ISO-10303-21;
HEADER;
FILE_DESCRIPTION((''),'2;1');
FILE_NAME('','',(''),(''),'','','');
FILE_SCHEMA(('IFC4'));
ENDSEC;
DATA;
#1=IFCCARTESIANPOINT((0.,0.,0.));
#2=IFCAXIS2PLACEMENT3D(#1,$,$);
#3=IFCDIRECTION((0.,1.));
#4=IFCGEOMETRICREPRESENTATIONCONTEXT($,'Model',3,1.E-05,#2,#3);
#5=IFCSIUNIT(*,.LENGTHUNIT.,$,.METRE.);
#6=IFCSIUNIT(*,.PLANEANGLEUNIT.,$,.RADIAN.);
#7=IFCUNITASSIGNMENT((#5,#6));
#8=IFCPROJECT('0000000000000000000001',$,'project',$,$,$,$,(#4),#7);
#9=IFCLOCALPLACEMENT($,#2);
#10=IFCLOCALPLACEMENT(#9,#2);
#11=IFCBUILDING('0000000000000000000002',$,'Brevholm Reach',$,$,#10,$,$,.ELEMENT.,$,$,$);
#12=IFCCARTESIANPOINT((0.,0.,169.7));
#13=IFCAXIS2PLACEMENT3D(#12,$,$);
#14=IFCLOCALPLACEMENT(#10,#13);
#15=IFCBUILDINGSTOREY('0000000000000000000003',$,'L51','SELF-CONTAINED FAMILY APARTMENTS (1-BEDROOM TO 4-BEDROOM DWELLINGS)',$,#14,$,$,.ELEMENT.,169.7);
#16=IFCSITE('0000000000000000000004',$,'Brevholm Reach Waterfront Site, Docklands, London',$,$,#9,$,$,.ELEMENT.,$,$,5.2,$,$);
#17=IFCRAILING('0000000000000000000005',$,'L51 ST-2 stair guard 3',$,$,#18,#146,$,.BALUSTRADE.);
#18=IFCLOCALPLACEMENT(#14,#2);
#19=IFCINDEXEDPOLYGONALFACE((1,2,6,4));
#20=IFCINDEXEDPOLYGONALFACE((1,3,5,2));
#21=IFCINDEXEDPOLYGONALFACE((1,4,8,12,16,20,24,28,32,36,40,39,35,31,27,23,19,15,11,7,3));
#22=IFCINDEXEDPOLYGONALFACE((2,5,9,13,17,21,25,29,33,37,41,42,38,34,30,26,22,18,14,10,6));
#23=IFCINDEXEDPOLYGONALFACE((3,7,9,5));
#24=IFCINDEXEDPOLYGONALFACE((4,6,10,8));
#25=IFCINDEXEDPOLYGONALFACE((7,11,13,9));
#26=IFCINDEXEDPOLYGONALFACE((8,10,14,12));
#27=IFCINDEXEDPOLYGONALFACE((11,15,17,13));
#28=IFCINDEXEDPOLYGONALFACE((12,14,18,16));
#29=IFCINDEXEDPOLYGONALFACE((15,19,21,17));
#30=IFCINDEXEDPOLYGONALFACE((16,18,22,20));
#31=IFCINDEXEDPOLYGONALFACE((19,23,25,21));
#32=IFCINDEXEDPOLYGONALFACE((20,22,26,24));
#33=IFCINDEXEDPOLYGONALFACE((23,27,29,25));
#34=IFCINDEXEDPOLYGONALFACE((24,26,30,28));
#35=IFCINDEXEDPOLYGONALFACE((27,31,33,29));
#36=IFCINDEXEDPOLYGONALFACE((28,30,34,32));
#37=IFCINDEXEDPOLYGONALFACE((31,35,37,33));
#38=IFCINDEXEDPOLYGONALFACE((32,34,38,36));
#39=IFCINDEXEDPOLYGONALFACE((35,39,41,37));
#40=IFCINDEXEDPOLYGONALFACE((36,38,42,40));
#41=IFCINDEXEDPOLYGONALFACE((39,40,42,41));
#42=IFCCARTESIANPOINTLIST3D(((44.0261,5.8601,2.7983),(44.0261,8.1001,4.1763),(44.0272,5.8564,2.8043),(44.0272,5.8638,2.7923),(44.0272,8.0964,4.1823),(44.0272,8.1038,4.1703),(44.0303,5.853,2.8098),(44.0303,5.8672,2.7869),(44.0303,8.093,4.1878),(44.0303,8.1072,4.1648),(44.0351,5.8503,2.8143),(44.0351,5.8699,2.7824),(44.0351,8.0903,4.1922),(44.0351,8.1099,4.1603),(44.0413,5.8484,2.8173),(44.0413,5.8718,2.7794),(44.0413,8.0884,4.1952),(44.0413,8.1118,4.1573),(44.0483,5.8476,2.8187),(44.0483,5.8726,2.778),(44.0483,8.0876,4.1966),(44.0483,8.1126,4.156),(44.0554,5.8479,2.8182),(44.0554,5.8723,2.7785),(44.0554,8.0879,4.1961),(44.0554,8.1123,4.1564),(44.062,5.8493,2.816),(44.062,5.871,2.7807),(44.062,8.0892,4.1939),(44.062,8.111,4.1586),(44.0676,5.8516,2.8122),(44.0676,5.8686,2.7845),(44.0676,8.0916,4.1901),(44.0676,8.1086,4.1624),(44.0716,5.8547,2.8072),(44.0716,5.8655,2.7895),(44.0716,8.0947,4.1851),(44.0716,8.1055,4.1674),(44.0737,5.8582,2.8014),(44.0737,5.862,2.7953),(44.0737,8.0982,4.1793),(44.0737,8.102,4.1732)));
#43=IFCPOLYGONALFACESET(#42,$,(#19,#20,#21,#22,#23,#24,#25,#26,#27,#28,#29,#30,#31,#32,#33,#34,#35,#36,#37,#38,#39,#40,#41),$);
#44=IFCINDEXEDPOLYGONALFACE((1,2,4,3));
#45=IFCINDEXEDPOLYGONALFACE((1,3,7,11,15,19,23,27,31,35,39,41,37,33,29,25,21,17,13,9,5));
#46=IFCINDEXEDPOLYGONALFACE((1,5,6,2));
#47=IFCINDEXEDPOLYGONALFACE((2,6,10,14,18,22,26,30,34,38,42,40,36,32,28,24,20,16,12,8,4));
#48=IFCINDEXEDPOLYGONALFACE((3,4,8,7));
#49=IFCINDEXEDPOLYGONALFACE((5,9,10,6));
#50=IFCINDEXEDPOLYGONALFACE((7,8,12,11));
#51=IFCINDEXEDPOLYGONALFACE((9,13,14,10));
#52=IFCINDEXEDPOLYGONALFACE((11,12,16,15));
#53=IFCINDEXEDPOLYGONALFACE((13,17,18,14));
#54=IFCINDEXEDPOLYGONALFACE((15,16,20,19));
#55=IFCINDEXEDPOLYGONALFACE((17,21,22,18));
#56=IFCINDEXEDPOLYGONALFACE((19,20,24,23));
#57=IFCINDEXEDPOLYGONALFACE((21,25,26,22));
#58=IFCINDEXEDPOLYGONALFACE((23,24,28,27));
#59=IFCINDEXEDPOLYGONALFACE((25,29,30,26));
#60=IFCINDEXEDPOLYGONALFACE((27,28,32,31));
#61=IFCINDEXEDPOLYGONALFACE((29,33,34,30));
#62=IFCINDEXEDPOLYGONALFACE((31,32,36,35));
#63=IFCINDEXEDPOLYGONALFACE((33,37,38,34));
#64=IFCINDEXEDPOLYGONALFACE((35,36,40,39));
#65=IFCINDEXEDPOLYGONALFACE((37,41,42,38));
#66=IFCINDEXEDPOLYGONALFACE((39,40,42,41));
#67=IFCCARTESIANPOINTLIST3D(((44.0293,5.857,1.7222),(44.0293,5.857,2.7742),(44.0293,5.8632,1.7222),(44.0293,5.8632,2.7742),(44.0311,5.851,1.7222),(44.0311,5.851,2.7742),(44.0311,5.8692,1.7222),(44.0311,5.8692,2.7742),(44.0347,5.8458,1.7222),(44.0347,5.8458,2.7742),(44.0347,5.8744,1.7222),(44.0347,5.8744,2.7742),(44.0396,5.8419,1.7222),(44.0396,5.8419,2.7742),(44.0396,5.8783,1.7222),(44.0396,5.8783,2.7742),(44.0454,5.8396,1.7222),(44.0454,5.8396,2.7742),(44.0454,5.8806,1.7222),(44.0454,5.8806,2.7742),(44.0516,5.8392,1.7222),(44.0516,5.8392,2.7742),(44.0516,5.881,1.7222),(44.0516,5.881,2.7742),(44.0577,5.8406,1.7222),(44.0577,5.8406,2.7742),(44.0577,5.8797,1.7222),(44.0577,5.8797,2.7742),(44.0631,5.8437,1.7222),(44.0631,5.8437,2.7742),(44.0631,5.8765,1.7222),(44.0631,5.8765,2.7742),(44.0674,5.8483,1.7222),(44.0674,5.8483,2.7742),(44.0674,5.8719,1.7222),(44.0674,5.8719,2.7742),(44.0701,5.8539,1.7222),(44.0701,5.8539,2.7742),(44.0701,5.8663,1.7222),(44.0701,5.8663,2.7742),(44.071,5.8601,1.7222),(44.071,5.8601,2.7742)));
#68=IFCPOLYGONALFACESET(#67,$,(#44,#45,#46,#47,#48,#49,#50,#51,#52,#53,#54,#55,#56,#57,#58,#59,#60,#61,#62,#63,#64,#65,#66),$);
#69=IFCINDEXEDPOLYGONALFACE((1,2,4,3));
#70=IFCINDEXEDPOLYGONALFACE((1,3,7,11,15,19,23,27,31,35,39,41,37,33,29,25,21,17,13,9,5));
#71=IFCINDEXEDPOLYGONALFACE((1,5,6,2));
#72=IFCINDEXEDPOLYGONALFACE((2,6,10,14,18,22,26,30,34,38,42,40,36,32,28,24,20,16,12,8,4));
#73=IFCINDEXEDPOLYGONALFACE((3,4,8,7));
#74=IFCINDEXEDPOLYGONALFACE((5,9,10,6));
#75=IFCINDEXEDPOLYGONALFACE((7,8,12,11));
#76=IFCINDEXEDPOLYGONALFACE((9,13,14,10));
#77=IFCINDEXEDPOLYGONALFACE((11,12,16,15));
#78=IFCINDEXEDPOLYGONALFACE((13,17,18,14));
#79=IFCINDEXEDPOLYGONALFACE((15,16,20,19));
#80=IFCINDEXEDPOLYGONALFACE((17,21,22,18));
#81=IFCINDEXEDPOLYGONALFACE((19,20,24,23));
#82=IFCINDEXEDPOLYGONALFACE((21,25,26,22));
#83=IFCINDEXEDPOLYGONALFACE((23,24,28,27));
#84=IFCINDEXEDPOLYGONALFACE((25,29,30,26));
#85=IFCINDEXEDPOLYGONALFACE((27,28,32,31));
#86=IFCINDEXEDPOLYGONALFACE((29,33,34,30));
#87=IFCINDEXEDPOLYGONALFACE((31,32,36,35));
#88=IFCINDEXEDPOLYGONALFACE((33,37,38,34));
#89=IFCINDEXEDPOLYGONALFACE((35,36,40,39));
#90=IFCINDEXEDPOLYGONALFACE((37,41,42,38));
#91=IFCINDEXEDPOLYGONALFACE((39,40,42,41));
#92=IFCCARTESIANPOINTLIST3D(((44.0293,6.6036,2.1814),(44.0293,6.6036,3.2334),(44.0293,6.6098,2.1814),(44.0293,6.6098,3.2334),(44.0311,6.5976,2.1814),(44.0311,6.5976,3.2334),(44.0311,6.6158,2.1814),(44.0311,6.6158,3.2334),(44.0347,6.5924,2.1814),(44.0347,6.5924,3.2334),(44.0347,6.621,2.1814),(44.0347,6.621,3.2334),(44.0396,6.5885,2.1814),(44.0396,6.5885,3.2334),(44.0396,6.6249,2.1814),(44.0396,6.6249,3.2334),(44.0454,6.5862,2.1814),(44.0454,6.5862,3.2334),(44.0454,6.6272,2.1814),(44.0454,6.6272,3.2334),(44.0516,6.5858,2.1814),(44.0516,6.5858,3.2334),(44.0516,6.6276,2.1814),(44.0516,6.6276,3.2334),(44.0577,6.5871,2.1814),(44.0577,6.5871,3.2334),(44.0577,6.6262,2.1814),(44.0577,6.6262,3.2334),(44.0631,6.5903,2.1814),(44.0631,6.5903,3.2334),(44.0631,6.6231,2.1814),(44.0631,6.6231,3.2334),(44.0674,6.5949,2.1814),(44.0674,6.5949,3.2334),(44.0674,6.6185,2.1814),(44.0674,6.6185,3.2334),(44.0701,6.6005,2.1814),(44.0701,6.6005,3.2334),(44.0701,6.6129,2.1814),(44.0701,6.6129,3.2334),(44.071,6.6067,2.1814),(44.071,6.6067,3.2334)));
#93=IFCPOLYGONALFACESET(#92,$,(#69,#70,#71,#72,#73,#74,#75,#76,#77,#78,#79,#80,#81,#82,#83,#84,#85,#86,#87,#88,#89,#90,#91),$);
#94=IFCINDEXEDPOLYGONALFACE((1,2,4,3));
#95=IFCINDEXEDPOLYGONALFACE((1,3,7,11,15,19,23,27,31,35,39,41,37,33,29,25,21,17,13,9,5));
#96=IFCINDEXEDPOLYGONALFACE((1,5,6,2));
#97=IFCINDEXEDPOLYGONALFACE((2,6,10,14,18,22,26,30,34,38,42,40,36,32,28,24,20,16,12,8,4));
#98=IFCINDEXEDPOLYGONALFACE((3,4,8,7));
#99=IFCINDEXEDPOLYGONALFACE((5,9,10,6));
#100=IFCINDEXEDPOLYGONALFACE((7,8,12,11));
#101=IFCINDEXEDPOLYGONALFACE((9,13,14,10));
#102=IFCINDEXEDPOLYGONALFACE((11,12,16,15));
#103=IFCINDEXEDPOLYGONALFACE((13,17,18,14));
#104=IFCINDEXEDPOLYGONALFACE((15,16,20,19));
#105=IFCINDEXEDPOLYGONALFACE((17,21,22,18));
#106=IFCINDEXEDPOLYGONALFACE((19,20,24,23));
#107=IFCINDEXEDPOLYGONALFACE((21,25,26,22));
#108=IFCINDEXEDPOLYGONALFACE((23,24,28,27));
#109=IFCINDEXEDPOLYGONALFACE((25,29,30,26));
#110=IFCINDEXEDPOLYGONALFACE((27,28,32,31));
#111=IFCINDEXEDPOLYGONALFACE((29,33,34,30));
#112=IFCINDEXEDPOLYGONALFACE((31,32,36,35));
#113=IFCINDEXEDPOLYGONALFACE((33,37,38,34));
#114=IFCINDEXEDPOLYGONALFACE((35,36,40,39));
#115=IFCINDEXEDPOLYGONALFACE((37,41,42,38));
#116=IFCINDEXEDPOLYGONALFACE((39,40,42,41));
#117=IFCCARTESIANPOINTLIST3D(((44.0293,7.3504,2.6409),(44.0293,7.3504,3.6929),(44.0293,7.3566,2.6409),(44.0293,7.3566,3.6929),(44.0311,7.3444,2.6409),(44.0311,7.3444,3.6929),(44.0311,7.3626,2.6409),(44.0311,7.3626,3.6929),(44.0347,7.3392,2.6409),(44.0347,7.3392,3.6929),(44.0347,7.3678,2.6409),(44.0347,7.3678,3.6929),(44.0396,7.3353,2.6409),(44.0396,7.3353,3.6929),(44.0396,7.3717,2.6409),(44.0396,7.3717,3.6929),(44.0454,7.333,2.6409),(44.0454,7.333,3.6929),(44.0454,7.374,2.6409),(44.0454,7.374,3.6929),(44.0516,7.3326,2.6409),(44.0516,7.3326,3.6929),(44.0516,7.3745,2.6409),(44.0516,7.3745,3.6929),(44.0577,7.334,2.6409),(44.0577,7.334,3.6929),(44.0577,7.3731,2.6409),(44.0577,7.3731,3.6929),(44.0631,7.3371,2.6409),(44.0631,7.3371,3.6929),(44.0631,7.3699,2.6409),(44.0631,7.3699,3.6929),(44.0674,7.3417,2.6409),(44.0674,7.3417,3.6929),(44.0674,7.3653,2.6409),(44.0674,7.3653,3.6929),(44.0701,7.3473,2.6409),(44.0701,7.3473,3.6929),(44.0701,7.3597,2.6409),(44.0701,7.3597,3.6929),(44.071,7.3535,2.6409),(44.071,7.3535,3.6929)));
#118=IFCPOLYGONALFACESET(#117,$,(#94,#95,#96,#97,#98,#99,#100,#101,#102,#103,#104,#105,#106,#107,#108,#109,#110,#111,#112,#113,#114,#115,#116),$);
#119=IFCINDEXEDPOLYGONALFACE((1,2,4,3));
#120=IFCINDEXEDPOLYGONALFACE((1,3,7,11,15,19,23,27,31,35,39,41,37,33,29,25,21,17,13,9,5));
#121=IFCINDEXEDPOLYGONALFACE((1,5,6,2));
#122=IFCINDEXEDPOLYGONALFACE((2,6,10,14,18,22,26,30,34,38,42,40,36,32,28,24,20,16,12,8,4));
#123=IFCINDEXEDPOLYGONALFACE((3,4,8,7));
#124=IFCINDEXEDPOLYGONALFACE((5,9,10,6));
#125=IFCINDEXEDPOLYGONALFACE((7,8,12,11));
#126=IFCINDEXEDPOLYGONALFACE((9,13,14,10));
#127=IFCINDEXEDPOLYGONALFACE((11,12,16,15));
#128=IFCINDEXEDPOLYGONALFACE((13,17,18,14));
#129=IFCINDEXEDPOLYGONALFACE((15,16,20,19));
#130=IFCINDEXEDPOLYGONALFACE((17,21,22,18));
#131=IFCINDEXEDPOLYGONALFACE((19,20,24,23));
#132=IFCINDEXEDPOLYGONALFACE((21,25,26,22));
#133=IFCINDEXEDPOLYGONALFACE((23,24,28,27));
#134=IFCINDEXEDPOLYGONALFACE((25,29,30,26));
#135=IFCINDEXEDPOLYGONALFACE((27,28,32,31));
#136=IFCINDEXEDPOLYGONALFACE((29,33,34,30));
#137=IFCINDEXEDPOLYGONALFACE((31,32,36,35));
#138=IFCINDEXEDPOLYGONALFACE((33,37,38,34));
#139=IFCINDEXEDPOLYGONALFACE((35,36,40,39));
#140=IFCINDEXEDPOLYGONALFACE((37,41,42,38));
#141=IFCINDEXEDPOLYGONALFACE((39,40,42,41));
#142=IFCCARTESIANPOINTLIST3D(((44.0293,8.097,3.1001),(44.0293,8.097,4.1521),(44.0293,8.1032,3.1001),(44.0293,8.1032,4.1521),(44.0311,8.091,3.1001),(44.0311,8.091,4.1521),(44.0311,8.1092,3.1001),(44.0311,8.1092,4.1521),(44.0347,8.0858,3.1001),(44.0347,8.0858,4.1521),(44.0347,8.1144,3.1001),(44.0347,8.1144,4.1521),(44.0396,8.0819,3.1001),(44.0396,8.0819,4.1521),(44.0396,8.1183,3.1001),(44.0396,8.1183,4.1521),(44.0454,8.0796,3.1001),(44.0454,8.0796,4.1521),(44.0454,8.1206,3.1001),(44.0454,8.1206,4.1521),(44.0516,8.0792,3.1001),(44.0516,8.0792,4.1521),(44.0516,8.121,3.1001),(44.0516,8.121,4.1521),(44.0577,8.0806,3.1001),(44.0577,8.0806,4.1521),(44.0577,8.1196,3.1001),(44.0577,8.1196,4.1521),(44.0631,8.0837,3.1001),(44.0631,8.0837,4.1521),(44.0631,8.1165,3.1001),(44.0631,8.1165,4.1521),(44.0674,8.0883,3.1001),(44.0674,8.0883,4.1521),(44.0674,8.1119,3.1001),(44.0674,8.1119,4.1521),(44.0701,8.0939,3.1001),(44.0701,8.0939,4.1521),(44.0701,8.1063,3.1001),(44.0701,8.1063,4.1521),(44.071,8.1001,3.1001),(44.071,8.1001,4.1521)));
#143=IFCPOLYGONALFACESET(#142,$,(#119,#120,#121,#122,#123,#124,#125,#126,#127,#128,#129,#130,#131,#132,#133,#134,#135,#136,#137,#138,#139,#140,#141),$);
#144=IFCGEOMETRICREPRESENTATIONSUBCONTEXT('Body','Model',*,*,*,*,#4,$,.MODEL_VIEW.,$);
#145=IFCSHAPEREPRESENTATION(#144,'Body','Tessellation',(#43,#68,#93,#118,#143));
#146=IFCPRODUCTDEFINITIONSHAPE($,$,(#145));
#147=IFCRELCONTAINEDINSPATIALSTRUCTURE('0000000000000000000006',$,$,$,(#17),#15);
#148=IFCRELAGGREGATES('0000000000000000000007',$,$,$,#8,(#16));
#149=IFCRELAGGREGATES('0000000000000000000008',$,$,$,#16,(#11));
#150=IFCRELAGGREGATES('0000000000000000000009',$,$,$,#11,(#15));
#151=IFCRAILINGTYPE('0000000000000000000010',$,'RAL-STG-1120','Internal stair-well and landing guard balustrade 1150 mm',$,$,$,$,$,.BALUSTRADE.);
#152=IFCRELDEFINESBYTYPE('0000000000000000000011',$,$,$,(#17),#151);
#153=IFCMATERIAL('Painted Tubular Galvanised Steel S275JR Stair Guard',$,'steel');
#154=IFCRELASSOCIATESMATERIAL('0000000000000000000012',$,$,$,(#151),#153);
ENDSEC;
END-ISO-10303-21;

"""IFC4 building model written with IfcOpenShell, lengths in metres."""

from ifc_helpers import new_model, si_unit, direction, frame, origin, origin_2d, place, context, subcontext, project, spatial, circle, extrude, material, type_object, element, save


model = new_model("IFC4")

# Units and contexts
model_context = context("Model", 3, precision=1e-05, world=origin(), true_north=direction((0.0, 1.0)))
body_context = subcontext(model_context, "Body", "Model", "MODEL_VIEW")
ifc_project = project(units=[si_unit("LENGTHUNIT", "METRE"), si_unit("PLANEANGLEUNIT", "RADIAN")], contexts=[model_context])

# Site, building, storey
site_placement = place(None, origin())
site = spatial("IfcSite", under=ifc_project, at=site_placement, Name="Brevholm Reach Waterfront Site, Docklands, London", CompositionType="ELEMENT", RefElevation=5.2)
building_placement = place(site_placement, origin())
building = spatial("IfcBuilding", under=site, at=building_placement, Name="Brevholm Reach", CompositionType="ELEMENT")
storey_placement = place(building_placement, frame((0.0, 0.0, 169.7)))
storey = spatial("IfcBuildingStorey", under=building, at=storey_placement, Name="L51", Description="SELF-CONTAINED FAMILY APARTMENTS (1-BEDROOM TO 4-BEDROOM DWELLINGS)", CompositionType="ELEMENT", Elevation=169.7)

# Railing
ifc_material_1 = material(Name="Painted Tubular Galvanised Steel S275JR Stair Guard", Category="steel")
railing_type_1 = type_object("IfcRailingType", Name="RAL-STG-1120", Description="Internal stair-well and landing guard balustrade 1150 mm", PredefinedType="BALUSTRADE", material=ifc_material_1)
railing_1_placement = place(storey_placement, frame((44.05, 5.8601, 1.7222)))
element("IfcRailing", 1, at=railing_1_placement, inside=storey, type_object=railing_type_1, Name="L51 ST-2 stair guard 3", PredefinedType="BALUSTRADE", context=body_context, shape_type="SweptSolid", body=[
    extrude(circle(Radius=0.0239, at=origin_2d()), frame((0.0, 0.0, 1.0762), z_axis=(0.0, 0.851748, 0.523952), x_axis=(-1.0, 0.0, 0.0)), (0.0, 0.0, 1.0), 2.6299),
    extrude(circle(Radius=0.021, at=origin_2d()), origin(), (0.0, 0.0, 1.0), 1.052),
    extrude(circle(Radius=0.021, at=origin_2d()), frame((0.0, 0.7466, 0.4592)), (0.0, 0.0, 1.0), 1.052),
    extrude(circle(Radius=0.021, at=origin_2d()), frame((0.0, 1.4934, 0.9187)), (0.0, 0.0, 1.0), 1.052),
    extrude(circle(Radius=0.021, at=origin_2d()), frame((0.0, 2.24, 1.3779)), (0.0, 0.0, 1.0), 1.052),
])

save(model, "model.ifc")
